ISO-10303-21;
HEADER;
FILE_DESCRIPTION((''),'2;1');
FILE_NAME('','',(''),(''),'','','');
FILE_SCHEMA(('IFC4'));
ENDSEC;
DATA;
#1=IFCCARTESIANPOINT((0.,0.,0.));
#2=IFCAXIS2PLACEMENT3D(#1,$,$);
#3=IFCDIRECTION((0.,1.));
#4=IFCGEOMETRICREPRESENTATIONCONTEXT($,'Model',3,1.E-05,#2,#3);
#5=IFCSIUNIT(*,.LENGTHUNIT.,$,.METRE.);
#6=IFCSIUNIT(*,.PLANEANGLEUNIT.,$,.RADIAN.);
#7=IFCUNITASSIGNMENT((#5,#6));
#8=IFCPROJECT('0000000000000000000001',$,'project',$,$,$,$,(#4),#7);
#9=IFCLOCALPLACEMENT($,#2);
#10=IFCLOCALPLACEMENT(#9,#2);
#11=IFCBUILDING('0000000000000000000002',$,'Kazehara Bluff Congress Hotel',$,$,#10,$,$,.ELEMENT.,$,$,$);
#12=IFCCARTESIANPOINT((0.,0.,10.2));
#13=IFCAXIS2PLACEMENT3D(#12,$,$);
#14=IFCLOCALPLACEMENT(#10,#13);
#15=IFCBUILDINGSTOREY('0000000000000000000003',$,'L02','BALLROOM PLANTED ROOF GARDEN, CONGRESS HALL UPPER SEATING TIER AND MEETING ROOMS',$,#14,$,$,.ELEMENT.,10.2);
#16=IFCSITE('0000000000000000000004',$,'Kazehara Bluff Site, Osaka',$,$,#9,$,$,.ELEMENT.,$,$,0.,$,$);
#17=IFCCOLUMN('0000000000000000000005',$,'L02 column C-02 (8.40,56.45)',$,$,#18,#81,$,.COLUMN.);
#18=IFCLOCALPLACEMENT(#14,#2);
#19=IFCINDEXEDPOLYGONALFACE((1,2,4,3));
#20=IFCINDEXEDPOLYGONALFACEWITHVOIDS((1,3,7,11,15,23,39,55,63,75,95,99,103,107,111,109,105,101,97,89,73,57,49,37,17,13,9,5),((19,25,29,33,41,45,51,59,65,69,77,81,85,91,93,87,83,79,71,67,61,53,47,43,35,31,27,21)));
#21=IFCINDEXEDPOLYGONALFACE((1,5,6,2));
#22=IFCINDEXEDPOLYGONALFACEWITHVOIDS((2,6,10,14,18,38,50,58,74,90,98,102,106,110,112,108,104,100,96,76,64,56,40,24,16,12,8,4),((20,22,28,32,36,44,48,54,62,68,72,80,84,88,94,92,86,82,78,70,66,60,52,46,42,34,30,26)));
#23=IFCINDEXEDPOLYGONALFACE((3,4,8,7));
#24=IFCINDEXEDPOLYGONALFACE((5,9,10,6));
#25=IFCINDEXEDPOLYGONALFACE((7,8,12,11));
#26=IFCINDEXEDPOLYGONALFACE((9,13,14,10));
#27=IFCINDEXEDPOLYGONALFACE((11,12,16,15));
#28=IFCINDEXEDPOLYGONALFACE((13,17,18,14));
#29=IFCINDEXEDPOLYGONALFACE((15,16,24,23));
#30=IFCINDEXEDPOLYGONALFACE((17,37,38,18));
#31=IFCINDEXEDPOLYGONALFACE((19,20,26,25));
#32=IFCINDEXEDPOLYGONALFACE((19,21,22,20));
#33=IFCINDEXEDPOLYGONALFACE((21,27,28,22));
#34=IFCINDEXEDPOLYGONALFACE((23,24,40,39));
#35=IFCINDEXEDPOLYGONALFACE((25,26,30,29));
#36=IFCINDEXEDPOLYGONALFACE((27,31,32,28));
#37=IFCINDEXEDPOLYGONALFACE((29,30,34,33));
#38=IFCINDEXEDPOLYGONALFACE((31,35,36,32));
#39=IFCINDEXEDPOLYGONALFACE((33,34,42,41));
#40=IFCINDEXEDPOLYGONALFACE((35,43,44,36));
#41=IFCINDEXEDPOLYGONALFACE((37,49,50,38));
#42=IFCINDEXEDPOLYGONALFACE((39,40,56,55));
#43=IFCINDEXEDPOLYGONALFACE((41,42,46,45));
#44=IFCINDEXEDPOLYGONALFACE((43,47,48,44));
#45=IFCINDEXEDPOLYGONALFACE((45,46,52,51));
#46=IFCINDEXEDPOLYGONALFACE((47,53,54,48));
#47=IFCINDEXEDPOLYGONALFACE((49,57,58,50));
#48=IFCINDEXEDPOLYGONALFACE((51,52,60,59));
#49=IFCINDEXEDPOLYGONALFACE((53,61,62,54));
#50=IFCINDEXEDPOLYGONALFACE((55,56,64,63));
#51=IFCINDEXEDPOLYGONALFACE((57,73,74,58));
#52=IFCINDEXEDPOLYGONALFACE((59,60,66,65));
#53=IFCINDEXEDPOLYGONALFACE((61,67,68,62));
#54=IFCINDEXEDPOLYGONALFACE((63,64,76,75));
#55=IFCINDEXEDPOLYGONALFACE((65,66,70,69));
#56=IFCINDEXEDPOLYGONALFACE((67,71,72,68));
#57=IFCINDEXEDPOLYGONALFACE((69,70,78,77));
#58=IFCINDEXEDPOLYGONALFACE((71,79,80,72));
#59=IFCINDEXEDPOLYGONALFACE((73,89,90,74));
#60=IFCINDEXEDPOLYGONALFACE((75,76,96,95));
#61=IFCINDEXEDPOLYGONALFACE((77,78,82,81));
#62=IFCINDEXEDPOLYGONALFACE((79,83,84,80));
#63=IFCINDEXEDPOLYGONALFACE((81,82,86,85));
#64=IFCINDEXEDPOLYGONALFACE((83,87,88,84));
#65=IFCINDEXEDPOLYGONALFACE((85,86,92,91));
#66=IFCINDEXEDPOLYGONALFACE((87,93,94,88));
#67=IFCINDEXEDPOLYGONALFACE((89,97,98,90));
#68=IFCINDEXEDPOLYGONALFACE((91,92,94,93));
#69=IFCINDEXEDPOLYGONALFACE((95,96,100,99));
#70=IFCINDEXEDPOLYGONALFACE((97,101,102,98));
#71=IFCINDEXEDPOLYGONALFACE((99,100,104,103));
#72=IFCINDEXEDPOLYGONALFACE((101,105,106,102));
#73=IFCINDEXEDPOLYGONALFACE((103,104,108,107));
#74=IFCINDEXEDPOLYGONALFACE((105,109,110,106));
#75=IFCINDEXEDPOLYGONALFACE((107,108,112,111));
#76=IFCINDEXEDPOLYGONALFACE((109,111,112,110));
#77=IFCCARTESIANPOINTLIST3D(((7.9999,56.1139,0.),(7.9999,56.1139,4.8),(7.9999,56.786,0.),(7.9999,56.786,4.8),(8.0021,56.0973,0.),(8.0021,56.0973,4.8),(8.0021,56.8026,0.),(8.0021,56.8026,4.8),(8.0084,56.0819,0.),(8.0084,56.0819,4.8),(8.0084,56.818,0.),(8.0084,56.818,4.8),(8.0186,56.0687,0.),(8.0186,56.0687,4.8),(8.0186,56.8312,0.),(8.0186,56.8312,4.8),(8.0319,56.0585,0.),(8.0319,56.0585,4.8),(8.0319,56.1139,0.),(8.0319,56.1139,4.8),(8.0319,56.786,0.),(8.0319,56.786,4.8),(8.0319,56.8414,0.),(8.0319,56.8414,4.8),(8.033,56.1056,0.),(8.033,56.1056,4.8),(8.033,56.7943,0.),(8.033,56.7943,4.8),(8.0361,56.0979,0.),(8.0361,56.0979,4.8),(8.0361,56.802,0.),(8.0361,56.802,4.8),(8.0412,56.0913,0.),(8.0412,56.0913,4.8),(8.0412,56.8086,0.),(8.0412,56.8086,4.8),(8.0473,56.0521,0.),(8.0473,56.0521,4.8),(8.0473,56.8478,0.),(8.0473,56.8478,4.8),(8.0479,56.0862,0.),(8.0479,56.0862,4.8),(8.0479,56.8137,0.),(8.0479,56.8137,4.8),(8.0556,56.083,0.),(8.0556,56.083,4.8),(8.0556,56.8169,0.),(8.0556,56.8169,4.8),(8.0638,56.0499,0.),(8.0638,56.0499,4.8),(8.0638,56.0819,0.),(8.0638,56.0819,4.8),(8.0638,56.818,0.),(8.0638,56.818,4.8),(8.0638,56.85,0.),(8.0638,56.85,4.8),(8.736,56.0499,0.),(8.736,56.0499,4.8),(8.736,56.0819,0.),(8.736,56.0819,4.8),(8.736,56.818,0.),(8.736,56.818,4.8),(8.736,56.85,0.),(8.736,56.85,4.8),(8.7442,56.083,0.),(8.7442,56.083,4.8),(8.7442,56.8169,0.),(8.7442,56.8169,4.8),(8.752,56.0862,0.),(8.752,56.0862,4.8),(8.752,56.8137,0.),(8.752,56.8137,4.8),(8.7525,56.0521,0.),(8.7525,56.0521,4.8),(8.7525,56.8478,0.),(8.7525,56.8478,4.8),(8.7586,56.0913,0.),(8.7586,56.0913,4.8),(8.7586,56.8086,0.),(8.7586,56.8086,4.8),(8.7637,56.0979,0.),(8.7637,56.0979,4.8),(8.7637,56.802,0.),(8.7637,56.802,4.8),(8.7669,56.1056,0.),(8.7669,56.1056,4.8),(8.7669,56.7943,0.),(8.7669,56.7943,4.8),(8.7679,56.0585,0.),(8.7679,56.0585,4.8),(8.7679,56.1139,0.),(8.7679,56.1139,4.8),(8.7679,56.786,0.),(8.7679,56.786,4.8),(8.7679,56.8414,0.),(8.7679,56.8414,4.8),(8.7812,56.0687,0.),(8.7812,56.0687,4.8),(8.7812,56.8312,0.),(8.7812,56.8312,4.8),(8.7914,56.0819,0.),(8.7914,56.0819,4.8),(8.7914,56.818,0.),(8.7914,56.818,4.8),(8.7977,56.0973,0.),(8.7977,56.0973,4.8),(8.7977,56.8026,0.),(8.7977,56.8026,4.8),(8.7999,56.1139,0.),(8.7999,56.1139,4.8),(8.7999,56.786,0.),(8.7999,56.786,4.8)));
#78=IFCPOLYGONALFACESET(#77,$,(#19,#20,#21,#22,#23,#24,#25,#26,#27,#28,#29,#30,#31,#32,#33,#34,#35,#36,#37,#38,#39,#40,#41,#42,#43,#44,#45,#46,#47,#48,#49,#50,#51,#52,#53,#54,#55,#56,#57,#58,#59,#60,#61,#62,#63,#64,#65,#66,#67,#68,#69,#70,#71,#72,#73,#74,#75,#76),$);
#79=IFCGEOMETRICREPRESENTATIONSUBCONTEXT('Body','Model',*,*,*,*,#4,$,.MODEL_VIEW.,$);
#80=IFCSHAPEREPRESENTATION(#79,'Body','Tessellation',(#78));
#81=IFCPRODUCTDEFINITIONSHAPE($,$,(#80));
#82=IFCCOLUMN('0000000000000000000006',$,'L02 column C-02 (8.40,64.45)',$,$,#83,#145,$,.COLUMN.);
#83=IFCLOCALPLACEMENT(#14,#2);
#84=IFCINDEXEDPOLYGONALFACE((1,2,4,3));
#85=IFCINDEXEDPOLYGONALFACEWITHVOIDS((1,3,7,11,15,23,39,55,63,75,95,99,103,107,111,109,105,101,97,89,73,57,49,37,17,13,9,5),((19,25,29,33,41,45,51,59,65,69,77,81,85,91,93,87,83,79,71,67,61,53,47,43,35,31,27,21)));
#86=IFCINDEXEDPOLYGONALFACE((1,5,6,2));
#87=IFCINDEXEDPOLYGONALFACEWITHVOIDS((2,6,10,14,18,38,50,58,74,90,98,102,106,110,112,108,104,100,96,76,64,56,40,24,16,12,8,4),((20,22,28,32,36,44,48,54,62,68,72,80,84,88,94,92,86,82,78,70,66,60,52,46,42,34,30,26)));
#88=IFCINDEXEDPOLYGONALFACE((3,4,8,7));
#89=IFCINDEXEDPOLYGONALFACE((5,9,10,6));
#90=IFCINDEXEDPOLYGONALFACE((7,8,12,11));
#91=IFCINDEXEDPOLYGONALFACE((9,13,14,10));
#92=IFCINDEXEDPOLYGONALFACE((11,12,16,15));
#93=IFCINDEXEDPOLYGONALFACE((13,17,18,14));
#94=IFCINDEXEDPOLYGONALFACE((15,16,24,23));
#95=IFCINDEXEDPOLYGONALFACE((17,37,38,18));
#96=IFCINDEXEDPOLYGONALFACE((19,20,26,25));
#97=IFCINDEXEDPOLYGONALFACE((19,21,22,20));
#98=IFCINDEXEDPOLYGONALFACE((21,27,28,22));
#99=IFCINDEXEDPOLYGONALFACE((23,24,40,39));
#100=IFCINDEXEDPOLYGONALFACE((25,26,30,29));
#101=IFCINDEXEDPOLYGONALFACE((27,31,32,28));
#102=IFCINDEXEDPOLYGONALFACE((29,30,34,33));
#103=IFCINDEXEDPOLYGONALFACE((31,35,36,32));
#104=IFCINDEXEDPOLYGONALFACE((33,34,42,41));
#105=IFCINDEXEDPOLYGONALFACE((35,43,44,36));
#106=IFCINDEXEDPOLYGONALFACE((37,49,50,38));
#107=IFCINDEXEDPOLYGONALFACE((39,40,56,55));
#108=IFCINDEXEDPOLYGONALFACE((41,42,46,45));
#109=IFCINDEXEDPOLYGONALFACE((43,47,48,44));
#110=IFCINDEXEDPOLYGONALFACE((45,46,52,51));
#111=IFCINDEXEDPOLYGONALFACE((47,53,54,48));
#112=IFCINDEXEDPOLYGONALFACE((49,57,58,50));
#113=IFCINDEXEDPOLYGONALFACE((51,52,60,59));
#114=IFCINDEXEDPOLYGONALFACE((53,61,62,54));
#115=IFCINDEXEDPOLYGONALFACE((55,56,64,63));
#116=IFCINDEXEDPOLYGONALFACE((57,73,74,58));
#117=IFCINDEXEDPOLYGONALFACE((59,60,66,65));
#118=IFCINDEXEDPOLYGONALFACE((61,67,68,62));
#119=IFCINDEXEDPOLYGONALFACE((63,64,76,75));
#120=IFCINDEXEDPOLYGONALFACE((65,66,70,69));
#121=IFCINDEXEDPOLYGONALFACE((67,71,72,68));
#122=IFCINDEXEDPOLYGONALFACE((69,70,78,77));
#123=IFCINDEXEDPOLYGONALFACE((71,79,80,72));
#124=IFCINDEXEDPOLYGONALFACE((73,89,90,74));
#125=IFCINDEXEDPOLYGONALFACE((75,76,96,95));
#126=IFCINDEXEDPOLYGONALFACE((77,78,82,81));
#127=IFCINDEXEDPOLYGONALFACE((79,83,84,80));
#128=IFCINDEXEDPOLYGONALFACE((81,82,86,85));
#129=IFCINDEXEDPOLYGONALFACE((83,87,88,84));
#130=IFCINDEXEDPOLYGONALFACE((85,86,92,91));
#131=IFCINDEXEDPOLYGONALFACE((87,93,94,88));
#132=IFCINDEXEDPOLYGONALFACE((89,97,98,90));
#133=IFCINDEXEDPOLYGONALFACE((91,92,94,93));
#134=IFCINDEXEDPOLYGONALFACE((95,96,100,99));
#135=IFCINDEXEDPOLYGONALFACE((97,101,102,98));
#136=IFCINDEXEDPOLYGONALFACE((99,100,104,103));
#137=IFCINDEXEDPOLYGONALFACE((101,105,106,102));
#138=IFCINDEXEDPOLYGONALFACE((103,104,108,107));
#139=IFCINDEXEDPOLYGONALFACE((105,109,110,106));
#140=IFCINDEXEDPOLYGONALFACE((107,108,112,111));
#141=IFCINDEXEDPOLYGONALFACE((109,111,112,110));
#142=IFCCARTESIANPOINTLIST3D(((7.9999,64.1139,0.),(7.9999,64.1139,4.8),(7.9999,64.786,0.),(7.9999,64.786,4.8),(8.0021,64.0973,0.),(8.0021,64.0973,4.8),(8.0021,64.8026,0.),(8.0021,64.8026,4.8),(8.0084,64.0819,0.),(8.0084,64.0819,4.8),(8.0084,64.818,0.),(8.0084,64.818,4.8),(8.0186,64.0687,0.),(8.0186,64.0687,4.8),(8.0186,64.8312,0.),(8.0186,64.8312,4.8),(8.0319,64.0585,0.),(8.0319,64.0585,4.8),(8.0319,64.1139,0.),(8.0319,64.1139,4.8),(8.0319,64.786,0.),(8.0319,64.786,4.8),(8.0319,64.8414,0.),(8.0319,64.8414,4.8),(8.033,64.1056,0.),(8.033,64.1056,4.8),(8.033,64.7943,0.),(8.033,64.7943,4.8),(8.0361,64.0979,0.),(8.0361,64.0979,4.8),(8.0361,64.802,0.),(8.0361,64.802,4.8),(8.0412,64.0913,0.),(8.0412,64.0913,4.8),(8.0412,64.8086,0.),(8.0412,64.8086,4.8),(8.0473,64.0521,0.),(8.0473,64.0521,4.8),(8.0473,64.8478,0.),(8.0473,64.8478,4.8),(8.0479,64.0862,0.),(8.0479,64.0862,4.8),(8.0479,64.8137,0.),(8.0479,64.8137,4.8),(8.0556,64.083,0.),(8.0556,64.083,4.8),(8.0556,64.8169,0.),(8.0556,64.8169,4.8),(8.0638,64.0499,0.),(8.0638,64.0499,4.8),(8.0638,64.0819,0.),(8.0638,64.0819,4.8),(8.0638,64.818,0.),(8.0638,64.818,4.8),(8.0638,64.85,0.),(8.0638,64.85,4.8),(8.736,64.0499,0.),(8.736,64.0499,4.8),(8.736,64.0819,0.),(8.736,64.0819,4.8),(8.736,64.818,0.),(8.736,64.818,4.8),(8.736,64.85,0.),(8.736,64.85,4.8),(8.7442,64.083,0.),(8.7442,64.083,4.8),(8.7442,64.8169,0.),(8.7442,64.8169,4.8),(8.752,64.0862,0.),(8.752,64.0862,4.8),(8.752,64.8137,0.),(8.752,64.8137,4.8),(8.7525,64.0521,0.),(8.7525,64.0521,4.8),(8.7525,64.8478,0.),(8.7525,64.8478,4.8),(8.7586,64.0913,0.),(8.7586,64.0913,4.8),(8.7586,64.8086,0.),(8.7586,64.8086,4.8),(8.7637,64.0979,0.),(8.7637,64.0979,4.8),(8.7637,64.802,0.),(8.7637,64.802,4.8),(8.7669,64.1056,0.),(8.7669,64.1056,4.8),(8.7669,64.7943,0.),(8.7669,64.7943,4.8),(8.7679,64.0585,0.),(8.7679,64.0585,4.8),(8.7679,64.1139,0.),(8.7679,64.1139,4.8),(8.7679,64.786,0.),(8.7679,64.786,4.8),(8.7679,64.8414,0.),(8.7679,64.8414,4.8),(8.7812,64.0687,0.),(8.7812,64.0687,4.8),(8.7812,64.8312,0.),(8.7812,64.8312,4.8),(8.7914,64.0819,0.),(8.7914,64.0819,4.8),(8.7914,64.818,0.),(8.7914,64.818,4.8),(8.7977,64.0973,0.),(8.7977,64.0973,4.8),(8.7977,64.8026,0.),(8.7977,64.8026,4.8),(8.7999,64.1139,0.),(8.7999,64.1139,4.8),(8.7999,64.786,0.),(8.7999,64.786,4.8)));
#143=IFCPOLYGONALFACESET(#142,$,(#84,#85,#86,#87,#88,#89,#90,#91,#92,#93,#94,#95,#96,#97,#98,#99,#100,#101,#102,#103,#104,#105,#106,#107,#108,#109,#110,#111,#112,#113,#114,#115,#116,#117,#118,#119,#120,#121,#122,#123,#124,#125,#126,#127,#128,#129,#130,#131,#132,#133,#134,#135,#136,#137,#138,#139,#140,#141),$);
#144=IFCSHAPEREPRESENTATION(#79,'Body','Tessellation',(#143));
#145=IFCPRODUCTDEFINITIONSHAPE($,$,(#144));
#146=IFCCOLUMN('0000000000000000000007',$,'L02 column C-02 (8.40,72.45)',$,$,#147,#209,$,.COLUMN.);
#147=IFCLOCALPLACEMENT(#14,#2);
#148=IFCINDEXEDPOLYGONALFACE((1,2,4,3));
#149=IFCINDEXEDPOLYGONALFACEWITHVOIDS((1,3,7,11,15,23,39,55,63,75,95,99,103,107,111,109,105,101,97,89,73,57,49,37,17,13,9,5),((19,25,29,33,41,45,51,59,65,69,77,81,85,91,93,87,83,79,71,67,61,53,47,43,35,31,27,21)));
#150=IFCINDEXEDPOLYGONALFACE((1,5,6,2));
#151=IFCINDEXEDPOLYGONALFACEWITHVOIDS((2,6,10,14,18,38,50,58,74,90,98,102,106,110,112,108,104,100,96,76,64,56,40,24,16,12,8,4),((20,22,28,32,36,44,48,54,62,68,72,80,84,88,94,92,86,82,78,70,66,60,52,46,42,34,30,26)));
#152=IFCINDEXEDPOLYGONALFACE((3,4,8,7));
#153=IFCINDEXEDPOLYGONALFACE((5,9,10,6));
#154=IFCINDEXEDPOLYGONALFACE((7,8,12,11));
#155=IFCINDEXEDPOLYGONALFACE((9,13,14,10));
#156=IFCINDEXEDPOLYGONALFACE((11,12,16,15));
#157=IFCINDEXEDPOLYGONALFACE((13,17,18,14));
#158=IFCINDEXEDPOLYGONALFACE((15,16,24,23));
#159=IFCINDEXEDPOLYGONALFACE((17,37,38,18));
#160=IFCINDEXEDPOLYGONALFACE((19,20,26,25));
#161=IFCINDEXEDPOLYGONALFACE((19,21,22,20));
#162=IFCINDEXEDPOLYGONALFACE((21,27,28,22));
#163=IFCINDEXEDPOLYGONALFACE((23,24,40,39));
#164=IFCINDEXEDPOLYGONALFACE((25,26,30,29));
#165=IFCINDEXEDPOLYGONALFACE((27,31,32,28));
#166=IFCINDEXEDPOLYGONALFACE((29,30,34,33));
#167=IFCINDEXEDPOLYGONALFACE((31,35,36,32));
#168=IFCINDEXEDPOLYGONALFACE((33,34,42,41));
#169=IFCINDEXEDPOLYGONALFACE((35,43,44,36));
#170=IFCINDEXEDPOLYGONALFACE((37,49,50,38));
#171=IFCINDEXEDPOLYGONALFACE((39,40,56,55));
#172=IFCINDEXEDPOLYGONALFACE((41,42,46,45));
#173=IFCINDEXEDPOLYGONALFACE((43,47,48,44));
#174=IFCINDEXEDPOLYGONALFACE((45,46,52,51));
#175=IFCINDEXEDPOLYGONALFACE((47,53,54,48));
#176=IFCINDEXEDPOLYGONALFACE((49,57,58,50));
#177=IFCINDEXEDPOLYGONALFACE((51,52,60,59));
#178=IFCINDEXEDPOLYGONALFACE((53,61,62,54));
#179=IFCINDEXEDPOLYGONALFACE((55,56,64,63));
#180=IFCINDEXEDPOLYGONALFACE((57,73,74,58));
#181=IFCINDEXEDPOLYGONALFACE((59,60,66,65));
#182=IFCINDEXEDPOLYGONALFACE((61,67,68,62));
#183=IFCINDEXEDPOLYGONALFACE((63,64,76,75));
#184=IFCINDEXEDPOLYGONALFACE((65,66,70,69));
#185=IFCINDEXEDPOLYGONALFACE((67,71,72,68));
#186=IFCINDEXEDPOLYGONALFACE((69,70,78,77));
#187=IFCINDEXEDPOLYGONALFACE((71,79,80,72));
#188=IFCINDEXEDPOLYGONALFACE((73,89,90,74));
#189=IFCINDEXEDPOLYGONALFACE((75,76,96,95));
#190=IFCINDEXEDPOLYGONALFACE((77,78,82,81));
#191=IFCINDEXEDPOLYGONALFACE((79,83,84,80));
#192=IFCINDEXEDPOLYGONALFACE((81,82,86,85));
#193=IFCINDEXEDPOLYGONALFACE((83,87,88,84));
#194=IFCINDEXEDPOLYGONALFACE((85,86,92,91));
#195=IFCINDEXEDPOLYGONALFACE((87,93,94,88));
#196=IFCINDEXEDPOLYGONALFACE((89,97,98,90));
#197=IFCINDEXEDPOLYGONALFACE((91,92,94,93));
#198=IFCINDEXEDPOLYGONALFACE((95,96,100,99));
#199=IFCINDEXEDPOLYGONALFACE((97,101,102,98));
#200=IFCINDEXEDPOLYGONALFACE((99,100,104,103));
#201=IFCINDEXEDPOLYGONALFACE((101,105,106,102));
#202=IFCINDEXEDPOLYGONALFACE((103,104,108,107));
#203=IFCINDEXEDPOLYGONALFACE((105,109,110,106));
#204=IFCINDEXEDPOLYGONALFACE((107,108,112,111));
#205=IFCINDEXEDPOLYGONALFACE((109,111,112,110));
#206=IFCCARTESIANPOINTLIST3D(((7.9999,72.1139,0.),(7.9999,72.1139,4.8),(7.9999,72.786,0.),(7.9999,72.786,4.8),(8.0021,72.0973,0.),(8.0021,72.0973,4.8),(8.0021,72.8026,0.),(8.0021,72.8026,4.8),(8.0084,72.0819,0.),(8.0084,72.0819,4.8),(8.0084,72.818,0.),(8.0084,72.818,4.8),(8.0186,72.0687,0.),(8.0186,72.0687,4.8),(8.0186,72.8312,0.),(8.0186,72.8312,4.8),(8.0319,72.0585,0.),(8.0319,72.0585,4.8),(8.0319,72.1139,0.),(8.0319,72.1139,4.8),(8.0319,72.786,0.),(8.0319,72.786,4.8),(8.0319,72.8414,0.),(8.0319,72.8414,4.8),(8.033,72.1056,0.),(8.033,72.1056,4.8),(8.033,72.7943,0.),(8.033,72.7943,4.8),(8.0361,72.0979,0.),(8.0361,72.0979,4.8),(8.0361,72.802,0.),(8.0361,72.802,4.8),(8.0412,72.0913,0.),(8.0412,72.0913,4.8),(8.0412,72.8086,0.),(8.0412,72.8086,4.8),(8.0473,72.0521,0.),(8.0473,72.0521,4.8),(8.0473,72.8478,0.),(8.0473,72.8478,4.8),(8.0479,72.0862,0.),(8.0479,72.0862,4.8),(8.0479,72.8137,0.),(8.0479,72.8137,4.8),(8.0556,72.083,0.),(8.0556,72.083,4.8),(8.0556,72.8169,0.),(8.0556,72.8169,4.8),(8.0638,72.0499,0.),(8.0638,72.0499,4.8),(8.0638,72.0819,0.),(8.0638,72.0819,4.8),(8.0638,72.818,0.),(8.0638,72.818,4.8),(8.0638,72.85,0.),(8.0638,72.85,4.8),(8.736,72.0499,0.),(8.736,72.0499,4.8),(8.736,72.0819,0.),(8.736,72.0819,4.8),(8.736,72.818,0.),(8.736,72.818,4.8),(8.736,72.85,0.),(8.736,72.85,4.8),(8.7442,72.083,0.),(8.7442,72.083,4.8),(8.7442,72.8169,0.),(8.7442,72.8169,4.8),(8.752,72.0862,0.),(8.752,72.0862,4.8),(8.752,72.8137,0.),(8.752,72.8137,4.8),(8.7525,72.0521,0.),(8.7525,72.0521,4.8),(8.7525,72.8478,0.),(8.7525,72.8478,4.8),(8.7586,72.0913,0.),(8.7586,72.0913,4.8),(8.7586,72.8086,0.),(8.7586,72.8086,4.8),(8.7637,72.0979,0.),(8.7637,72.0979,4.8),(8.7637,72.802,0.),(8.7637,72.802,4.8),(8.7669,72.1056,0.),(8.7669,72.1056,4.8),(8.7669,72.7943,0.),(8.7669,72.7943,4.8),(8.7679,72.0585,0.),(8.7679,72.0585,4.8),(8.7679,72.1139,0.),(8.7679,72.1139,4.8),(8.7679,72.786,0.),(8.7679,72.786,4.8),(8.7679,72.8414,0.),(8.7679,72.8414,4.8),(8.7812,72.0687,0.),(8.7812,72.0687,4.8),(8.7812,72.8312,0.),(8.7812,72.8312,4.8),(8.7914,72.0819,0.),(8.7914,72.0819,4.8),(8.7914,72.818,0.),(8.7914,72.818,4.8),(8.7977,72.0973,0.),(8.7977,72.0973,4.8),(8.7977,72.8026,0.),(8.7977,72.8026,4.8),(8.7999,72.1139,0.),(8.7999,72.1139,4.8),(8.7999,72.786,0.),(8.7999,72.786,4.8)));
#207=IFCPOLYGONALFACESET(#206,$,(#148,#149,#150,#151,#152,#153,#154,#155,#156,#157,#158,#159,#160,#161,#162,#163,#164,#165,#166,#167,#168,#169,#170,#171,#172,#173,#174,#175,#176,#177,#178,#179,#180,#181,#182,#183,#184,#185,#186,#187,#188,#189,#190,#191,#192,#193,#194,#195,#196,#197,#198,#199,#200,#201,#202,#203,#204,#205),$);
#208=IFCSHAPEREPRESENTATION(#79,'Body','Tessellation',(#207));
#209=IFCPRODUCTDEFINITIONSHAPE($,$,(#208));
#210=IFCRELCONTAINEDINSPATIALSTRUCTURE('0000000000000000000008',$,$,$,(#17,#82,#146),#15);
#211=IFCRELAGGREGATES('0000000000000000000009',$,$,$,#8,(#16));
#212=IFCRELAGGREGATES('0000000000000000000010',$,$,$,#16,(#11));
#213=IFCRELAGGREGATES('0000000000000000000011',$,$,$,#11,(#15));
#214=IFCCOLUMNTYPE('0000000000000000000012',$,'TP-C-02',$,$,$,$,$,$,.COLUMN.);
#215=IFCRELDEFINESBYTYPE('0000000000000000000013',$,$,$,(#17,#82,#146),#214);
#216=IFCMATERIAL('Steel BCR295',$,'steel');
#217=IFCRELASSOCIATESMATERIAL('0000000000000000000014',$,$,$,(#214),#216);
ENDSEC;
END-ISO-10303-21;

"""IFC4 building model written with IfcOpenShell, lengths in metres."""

from ifc_helpers import new_model, si_unit, direction, frame, origin, origin_2d, place, context, subcontext, project, spatial, hollow_rectangle, extrude, material, material_profile, profile_set, type_object, element, save


model = new_model("IFC4")

# Units and contexts
model_context = context("Model", 3, precision=1e-05, world=origin(), true_north=direction((0.0, 1.0)))
body_context = subcontext(model_context, "Body", "Model", "MODEL_VIEW")
ifc_project = project(units=[si_unit("LENGTHUNIT", "METRE"), si_unit("PLANEANGLEUNIT", "RADIAN")], contexts=[model_context])

# Site, building, storey
site_placement = place(None, origin())
site = spatial("IfcSite", under=ifc_project, at=site_placement, Name="Kazehara Bluff Site, Osaka", CompositionType="ELEMENT", RefElevation=0.0)
building_placement = place(site_placement, origin())
building = spatial("IfcBuilding", under=site, at=building_placement, Name="Kazehara Bluff Congress Hotel", CompositionType="ELEMENT")
storey_placement = place(building_placement, frame((0.0, 0.0, 10.2)))
storey = spatial("IfcBuildingStorey", under=building, at=storey_placement, Name="L02", Description="BALLROOM PLANTED ROOF GARDEN, CONGRESS HALL UPPER SEATING TIER AND MEETING ROOMS", CompositionType="ELEMENT", Elevation=10.2)

# Columns
ifc_material_1 = material(Name="Steel BCR295", Category="steel")
ifc_material_profile_1 = material_profile(ifc_material_1, hollow_rectangle(XDim=0.8, YDim=0.8, WallThickness=0.032, InnerFilletRadius=0.032, OuterFilletRadius=0.064, at=origin_2d()))
ifc_profile_set_1 = profile_set([ifc_material_profile_1], Name="Steel BCR295")
column_type = type_object("IfcColumnType", Name="TP-C-02", PredefinedType="COLUMN", material=ifc_profile_set_1)
for number, where, z_axis, x_axis, name in (
    (1, (8.3999, 56.45, 0.0), (0.0, 0.0, 1.0), (1.0, 0.0, 0.0), "L02 column C-02 (8.40,56.45)"),
    (2, (8.3999, 64.45, 0.0), (0.0, 0.0, 1.0), (1.0, 0.0, 0.0), "L02 column C-02 (8.40,64.45)"),
    (3, (8.3999, 72.45, 0.0), (0.0, 0.0, 1.0), (1.0, 0.0, 0.0), "L02 column C-02 (8.40,72.45)"),
):
    element("IfcColumn", number, at=place(storey_placement, frame(where, z_axis=z_axis, x_axis=x_axis)), inside=storey, type_object=column_type, Name=name, PredefinedType="COLUMN", context=body_context, shape_type="SweptSolid", body=[
        extrude(hollow_rectangle(XDim=0.8, YDim=0.8, WallThickness=0.032, InnerFilletRadius=0.032, OuterFilletRadius=0.064, at=origin_2d()), origin(), (0.0, 0.0, 1.0), 4.8),
    ])

save(model, "model.ifc")
